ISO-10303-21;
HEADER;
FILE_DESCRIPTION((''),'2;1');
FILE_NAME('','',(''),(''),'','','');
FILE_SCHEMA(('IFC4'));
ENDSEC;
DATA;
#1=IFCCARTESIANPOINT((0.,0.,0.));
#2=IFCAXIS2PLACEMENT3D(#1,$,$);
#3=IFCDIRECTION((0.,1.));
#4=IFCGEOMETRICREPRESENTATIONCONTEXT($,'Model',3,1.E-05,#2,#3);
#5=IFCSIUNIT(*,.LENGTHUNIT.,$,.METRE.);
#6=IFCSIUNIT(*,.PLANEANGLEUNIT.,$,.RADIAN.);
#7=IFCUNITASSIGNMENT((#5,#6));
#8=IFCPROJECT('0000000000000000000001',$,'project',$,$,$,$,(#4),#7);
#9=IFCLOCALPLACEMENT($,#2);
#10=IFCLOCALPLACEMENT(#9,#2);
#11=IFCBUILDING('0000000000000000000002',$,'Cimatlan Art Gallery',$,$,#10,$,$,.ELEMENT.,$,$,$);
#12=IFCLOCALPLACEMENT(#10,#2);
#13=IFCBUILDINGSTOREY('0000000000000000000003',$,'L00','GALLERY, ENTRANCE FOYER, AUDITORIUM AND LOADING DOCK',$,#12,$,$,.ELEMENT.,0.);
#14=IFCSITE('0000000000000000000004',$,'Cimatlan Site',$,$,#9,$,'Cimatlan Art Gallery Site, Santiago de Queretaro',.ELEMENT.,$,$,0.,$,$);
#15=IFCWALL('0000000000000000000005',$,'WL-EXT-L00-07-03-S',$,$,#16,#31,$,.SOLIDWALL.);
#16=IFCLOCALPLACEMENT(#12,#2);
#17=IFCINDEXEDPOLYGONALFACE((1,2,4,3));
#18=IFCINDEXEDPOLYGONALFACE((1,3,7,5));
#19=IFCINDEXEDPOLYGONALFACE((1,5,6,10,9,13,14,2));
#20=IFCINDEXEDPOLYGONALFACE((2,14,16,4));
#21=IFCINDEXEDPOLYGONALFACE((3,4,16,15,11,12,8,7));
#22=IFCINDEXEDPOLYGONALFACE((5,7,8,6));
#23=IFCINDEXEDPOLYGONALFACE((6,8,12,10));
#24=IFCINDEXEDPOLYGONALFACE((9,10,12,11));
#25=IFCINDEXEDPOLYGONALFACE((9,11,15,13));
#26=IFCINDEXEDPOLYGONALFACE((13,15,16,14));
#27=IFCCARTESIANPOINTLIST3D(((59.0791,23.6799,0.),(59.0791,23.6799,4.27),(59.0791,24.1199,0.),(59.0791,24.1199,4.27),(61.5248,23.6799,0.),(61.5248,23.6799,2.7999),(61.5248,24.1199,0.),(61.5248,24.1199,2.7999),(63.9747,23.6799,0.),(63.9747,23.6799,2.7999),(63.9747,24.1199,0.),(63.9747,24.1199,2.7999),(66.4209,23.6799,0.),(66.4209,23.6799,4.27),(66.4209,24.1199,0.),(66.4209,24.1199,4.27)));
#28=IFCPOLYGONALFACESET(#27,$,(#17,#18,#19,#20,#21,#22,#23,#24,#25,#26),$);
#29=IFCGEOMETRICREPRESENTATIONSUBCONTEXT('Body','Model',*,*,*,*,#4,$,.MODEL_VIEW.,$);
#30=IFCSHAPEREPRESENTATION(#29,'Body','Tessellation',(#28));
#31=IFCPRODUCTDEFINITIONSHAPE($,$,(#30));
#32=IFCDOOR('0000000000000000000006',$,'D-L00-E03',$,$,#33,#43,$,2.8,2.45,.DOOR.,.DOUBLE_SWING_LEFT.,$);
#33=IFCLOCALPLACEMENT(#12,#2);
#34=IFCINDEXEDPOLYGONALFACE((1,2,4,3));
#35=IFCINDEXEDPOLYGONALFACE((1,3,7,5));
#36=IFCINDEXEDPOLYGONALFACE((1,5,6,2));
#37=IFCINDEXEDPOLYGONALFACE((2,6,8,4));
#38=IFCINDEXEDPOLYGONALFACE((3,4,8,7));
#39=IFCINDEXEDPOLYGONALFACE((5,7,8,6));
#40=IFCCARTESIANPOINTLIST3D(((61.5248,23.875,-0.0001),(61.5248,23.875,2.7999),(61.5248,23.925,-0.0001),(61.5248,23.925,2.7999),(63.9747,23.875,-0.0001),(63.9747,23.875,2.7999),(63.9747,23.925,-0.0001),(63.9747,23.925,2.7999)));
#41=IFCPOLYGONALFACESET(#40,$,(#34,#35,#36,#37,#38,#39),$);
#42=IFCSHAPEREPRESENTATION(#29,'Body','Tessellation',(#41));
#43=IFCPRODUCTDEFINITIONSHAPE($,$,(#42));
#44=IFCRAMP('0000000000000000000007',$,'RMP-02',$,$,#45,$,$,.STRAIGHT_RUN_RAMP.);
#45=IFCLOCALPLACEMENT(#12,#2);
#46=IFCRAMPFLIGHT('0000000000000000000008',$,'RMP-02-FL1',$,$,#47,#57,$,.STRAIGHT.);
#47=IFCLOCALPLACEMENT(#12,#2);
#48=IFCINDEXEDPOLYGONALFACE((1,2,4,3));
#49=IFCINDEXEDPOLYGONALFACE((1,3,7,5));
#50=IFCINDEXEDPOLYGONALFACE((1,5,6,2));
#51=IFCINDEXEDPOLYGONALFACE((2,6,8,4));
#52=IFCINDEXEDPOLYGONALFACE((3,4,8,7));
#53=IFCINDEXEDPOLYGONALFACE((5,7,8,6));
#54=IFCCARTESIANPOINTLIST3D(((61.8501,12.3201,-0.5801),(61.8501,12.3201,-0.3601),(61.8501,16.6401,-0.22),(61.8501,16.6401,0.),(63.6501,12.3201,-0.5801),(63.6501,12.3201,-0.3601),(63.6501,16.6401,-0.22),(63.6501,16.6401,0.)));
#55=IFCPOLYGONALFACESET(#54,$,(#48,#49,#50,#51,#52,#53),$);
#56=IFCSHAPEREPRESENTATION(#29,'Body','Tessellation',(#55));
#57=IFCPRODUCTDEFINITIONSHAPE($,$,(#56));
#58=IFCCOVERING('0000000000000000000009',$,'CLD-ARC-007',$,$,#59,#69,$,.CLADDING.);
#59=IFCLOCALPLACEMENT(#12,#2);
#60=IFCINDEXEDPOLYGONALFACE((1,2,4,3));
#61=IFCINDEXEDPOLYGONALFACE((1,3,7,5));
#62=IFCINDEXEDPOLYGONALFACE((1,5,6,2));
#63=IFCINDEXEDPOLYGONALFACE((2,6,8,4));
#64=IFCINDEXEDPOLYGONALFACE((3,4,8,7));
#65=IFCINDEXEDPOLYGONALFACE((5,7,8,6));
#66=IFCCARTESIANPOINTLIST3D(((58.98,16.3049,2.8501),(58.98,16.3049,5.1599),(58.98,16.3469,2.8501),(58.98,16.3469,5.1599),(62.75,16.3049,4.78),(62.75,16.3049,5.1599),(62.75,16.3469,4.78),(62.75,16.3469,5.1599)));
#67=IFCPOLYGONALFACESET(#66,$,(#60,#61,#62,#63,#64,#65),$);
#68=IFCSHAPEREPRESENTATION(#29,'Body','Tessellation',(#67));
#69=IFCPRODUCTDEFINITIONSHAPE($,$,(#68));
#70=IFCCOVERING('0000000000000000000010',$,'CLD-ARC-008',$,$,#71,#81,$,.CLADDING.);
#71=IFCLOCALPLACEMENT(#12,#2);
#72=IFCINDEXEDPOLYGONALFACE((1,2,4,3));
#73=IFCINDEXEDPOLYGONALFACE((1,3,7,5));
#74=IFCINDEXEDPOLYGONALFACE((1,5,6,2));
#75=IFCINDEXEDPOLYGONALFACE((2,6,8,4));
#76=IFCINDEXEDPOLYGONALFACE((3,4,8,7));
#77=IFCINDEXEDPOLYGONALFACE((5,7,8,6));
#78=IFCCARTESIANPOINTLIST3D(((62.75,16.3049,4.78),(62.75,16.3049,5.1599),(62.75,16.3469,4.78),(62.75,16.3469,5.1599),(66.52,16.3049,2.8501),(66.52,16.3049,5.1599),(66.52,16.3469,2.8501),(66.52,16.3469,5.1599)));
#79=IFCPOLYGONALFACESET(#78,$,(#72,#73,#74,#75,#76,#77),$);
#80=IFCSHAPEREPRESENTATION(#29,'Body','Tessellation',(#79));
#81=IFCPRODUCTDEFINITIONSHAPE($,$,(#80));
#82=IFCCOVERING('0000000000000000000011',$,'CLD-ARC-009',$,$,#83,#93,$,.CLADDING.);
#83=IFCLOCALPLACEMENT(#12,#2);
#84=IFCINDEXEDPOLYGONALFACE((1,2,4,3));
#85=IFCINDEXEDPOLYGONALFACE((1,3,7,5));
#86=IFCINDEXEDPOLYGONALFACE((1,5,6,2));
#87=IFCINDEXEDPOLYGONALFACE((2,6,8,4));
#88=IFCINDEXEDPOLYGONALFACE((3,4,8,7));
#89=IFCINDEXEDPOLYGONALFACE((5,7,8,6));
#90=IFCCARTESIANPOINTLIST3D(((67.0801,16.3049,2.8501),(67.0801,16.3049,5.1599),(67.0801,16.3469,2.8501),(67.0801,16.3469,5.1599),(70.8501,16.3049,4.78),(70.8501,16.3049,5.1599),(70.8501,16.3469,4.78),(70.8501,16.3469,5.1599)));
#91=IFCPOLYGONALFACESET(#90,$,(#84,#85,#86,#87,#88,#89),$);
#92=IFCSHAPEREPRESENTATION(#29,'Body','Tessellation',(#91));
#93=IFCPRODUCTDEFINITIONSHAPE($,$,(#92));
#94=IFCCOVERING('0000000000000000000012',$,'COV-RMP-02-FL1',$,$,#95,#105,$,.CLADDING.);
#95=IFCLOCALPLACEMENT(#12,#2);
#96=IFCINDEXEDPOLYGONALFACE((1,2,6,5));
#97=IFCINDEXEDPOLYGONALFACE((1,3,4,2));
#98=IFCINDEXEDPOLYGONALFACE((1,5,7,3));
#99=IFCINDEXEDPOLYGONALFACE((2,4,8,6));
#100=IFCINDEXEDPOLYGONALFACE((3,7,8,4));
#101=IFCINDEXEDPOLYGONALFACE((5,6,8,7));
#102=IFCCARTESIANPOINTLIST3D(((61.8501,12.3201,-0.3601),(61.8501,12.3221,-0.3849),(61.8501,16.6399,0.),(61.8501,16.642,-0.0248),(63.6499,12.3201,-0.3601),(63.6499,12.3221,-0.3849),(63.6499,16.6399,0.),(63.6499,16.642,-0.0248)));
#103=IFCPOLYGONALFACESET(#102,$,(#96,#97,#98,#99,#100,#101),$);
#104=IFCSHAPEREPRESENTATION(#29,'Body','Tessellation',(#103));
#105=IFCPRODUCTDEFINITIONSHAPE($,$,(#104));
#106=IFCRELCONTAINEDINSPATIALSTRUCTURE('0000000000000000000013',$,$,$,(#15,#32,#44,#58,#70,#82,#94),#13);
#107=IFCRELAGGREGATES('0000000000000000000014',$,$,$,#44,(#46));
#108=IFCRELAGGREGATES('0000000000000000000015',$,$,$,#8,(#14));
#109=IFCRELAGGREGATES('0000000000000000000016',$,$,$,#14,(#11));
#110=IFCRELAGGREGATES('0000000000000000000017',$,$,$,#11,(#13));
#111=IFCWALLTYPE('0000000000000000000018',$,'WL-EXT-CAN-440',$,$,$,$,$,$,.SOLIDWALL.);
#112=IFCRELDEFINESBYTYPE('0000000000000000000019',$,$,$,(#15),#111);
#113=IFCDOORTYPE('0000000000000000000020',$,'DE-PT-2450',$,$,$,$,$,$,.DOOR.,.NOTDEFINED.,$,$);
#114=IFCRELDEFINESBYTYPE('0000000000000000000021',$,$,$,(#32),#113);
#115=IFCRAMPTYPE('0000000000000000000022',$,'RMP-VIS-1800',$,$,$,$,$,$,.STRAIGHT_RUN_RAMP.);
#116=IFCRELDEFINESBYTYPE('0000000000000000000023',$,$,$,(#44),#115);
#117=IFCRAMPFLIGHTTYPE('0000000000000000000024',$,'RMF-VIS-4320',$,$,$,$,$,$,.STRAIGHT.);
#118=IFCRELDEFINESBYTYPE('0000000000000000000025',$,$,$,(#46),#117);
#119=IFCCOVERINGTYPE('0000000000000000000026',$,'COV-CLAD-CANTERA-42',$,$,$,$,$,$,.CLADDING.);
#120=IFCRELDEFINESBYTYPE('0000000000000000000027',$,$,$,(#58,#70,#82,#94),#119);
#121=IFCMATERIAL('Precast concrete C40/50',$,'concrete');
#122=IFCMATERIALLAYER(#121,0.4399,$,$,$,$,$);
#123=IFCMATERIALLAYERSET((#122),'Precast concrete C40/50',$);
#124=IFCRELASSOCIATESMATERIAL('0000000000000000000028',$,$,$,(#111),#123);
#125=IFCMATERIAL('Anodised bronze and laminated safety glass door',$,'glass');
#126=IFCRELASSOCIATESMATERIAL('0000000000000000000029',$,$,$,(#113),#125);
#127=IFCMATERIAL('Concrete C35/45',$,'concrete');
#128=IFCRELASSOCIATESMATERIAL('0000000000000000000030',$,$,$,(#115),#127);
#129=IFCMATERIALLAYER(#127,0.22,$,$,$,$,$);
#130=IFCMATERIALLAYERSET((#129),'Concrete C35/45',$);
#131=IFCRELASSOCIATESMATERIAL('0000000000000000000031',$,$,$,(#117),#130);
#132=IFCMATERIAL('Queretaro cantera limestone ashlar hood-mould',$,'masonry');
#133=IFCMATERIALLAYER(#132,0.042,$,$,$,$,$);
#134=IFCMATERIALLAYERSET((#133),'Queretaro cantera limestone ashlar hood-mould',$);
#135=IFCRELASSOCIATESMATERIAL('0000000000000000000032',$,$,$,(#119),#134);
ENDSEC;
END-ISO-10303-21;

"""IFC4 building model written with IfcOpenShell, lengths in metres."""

from ifc_helpers import new_model, si_unit, direction, frame, frame_2d, origin, place, context, subcontext, project, spatial, polyline, rectangle, outline, extrude, material, layer, layer_set, type_object, element, fill, aggregate, save


model = new_model("IFC4")

# Units and contexts
model_context = context("Model", 3, precision=1e-05, world=origin(), true_north=direction((0.0, 1.0)))
body_context = subcontext(model_context, "Body", "Model", "MODEL_VIEW")
ifc_project = project(units=[si_unit("LENGTHUNIT", "METRE"), si_unit("PLANEANGLEUNIT", "RADIAN")], contexts=[model_context])

# Site, building, storey
site_placement = place(None, origin())
site = spatial("IfcSite", under=ifc_project, at=site_placement, Name="Cimatlan Site", LongName="Cimatlan Art Gallery Site, Santiago de Queretaro", CompositionType="ELEMENT", RefElevation=0.0)
building_placement = place(site_placement, origin())
building = spatial("IfcBuilding", under=site, at=building_placement, Name="Cimatlan Art Gallery", CompositionType="ELEMENT")
storey_placement = place(building_placement, origin())
storey = spatial("IfcBuildingStorey", under=building, at=storey_placement, Name="L00", Description="GALLERY, ENTRANCE FOYER, AUDITORIUM AND LOADING DOCK", CompositionType="ELEMENT", Elevation=0.0)

# Wall, opening, door
ifc_material_1 = material(Name="Precast concrete C40/50", Category="concrete")
ifc_layer_1 = layer(ifc_material_1, 0.4399)
ifc_layer_set_1 = layer_set([ifc_layer_1], Name="Precast concrete C40/50")
wall_type = type_object("IfcWallType", Name="WL-EXT-CAN-440", PredefinedType="SOLIDWALL", material=ifc_layer_set_1)
wall_placement = place(storey_placement, frame((66.4209, 23.8999, 0.0), z_axis=(0.0, 0.0, 1.0), x_axis=(-1.0, 0.0, 0.0)))
wall = element("IfcWall", 1, at=wall_placement, inside=storey, type_object=wall_type, Name="WL-EXT-L00-07-03-S", PredefinedType="SOLIDWALL", context=body_context, shape_type="SweptSolid", body=[
    extrude(rectangle(XDim=7.3418, YDim=0.4399, at=frame_2d((3.6709, 0.0))), origin(), (0.0, 0.0, 1.0), 4.27),
])
opening_placement = place(wall_placement, frame((2.446, 0.0, 0.0)))
opening = element("IfcOpeningElement", 2, at=opening_placement, cuts=wall, PredefinedType="OPENING", context=body_context, shape_type="SweptSolid", body=[
    extrude(rectangle(XDim=2.45, YDim=2.8, at=frame_2d((1.2251, 1.3999))), frame((0.0, 0.23, 0.0), z_axis=(0.0, -1.0, 0.0), x_axis=(1.0, 0.0, 0.0)), (0.0, 0.0, 1.0), 0.46),
])
ifc_material_2 = material(Name="Anodised bronze and laminated safety glass door", Category="glass")
door_type = type_object("IfcDoorType", Name="DE-PT-2450", OperationType="NOTDEFINED", PredefinedType="DOOR", material=ifc_material_2)
door_placement = place(opening_placement, origin())
door = element("IfcDoor", 3, at=door_placement, inside=storey, type_object=door_type, Name="D-L00-E03", OperationType="DOUBLE_SWING_LEFT", OverallHeight=2.8, OverallWidth=2.45, PredefinedType="DOOR", context=body_context, shape_type="SweptSolid", body=[
    extrude(rectangle(XDim=2.45, YDim=2.8, at=frame_2d((1.2251, 1.3999))), frame((0.0, 0.0249, 0.0), z_axis=(0.0, -1.0, 0.0), x_axis=(1.0, 0.0, 0.0)), (0.0, 0.0, 1.0), 0.05),
])
fill(opening, door)

# Ramp, ramp flight
ifc_material_3 = material(Name="Concrete C35/45", Category="concrete")
ramp_type = type_object("IfcRampType", Name="RMP-VIS-1800", PredefinedType="STRAIGHT_RUN_RAMP", material=ifc_material_3)
ramp_placement = place(storey_placement, origin())
ramp = element("IfcRamp", 4, at=ramp_placement, inside=storey, type_object=ramp_type, Name="RMP-02", PredefinedType="STRAIGHT_RUN_RAMP")
ifc_layer_2 = layer(ifc_material_3, 0.22)
ifc_layer_set_2 = layer_set([ifc_layer_2], Name="Concrete C35/45")
ramp_flight_type = type_object("IfcRampFlightType", Name="RMF-VIS-4320", PredefinedType="STRAIGHT", material=ifc_layer_set_2)
ramp_flight_placement = place(storey_placement, frame((62.75, 12.3201, -0.3601), z_axis=(0.0, 0.0, 1.0), x_axis=(0.0, 1.0, 0.0)))
ramp_flight = element("IfcRampFlight", 5, at=ramp_flight_placement, type_object=ramp_flight_type, Name="RMP-02-FL1", PredefinedType="STRAIGHT", context=body_context, shape_type="SweptSolid", body=[
    extrude(outline(polyline([(0.0, 0.0), (4.3201, 0.3601), (4.3201, 0.1401), (0.0, -0.22), (0.0, 0.0)])), frame((0.0, 0.8999, 0.0), z_axis=(0.0, -1.0, 0.0), x_axis=(1.0, 0.0, 0.0)), (0.0, 0.0, 1.0), 1.8),
])
aggregate(ramp, [ramp_flight])

# Coverings
ifc_material_4 = material(Name="Queretaro cantera limestone ashlar hood-mould", Category="masonry")
ifc_layer_3 = layer(ifc_material_4, 0.042)
ifc_layer_set_3 = layer_set([ifc_layer_3], Name="Queretaro cantera limestone ashlar hood-mould")
covering_type = type_object("IfcCoveringType", Name="COV-CLAD-CANTERA-42", PredefinedType="CLADDING", material=ifc_layer_set_3)
covering_1_placement = place(storey_placement, frame((58.98, 16.3049, 2.8501), z_axis=(0.0, -1.0, 0.0), x_axis=(0.890144, 0.0, 0.455679)))
element("IfcCovering", 6, at=covering_1_placement, inside=storey, type_object=covering_type, Name="CLD-ARC-007", PredefinedType="CLADDING", context=body_context, shape_type="SweptSolid", body=[
    extrude(outline(polyline([(0.0, 0.0), (4.2353, 0.0), (4.4084, 0.3382), (1.0525, 2.0561), (0.0, 0.0)])), origin(), (0.0, 0.0, -1.0), 0.042),
])
covering_2_placement = place(storey_placement, frame((62.75, 16.3049, 4.78), z_axis=(0.0, -1.0, 0.0), x_axis=(0.890144, 0.0, -0.455679)))
element("IfcCovering", 7, at=covering_2_placement, inside=storey, type_object=covering_type, Name="CLD-ARC-008", PredefinedType="CLADDING", context=body_context, shape_type="SweptSolid", body=[
    extrude(outline(polyline([(0.0, 0.0), (4.2353, 0.0), (3.1828, 2.0561), (-0.1731, 0.3382), (0.0, 0.0)])), origin(), (0.0, 0.0, -1.0), 0.042),
])
covering_3_placement = place(storey_placement, frame((67.0801, 16.3049, 2.8501), z_axis=(0.0, -1.0, 0.0), x_axis=(0.890144, 0.0, 0.455679)))
element("IfcCovering", 8, at=covering_3_placement, inside=storey, type_object=covering_type, Name="CLD-ARC-009", PredefinedType="CLADDING", context=body_context, shape_type="SweptSolid", body=[
    extrude(outline(polyline([(0.0, 0.0), (4.2353, 0.0), (4.4084, 0.3382), (1.0525, 2.0561), (0.0, 0.0)])), origin(), (0.0, 0.0, -1.0), 0.042),
])
covering_4_placement = place(storey_placement, frame((63.6499, 12.3201, -0.3601), z_axis=(0.0, -0.083073, 0.996543), x_axis=(0.0, 0.996543, 0.083073)))
element("IfcCovering", 9, at=covering_4_placement, inside=storey, type_object=covering_type, Name="COV-RMP-02-FL1", PredefinedType="CLADDING", context=body_context, shape_type="SweptSolid", body=[
    extrude(outline(polyline([(0.0, 0.0), (4.3348, 0.0), (4.3348, 1.7998), (0.0, 1.7998), (0.0, 0.0)])), origin(), (0.0, 0.0, -1.0), 0.0249),
])

save(model, "model.ifc")
